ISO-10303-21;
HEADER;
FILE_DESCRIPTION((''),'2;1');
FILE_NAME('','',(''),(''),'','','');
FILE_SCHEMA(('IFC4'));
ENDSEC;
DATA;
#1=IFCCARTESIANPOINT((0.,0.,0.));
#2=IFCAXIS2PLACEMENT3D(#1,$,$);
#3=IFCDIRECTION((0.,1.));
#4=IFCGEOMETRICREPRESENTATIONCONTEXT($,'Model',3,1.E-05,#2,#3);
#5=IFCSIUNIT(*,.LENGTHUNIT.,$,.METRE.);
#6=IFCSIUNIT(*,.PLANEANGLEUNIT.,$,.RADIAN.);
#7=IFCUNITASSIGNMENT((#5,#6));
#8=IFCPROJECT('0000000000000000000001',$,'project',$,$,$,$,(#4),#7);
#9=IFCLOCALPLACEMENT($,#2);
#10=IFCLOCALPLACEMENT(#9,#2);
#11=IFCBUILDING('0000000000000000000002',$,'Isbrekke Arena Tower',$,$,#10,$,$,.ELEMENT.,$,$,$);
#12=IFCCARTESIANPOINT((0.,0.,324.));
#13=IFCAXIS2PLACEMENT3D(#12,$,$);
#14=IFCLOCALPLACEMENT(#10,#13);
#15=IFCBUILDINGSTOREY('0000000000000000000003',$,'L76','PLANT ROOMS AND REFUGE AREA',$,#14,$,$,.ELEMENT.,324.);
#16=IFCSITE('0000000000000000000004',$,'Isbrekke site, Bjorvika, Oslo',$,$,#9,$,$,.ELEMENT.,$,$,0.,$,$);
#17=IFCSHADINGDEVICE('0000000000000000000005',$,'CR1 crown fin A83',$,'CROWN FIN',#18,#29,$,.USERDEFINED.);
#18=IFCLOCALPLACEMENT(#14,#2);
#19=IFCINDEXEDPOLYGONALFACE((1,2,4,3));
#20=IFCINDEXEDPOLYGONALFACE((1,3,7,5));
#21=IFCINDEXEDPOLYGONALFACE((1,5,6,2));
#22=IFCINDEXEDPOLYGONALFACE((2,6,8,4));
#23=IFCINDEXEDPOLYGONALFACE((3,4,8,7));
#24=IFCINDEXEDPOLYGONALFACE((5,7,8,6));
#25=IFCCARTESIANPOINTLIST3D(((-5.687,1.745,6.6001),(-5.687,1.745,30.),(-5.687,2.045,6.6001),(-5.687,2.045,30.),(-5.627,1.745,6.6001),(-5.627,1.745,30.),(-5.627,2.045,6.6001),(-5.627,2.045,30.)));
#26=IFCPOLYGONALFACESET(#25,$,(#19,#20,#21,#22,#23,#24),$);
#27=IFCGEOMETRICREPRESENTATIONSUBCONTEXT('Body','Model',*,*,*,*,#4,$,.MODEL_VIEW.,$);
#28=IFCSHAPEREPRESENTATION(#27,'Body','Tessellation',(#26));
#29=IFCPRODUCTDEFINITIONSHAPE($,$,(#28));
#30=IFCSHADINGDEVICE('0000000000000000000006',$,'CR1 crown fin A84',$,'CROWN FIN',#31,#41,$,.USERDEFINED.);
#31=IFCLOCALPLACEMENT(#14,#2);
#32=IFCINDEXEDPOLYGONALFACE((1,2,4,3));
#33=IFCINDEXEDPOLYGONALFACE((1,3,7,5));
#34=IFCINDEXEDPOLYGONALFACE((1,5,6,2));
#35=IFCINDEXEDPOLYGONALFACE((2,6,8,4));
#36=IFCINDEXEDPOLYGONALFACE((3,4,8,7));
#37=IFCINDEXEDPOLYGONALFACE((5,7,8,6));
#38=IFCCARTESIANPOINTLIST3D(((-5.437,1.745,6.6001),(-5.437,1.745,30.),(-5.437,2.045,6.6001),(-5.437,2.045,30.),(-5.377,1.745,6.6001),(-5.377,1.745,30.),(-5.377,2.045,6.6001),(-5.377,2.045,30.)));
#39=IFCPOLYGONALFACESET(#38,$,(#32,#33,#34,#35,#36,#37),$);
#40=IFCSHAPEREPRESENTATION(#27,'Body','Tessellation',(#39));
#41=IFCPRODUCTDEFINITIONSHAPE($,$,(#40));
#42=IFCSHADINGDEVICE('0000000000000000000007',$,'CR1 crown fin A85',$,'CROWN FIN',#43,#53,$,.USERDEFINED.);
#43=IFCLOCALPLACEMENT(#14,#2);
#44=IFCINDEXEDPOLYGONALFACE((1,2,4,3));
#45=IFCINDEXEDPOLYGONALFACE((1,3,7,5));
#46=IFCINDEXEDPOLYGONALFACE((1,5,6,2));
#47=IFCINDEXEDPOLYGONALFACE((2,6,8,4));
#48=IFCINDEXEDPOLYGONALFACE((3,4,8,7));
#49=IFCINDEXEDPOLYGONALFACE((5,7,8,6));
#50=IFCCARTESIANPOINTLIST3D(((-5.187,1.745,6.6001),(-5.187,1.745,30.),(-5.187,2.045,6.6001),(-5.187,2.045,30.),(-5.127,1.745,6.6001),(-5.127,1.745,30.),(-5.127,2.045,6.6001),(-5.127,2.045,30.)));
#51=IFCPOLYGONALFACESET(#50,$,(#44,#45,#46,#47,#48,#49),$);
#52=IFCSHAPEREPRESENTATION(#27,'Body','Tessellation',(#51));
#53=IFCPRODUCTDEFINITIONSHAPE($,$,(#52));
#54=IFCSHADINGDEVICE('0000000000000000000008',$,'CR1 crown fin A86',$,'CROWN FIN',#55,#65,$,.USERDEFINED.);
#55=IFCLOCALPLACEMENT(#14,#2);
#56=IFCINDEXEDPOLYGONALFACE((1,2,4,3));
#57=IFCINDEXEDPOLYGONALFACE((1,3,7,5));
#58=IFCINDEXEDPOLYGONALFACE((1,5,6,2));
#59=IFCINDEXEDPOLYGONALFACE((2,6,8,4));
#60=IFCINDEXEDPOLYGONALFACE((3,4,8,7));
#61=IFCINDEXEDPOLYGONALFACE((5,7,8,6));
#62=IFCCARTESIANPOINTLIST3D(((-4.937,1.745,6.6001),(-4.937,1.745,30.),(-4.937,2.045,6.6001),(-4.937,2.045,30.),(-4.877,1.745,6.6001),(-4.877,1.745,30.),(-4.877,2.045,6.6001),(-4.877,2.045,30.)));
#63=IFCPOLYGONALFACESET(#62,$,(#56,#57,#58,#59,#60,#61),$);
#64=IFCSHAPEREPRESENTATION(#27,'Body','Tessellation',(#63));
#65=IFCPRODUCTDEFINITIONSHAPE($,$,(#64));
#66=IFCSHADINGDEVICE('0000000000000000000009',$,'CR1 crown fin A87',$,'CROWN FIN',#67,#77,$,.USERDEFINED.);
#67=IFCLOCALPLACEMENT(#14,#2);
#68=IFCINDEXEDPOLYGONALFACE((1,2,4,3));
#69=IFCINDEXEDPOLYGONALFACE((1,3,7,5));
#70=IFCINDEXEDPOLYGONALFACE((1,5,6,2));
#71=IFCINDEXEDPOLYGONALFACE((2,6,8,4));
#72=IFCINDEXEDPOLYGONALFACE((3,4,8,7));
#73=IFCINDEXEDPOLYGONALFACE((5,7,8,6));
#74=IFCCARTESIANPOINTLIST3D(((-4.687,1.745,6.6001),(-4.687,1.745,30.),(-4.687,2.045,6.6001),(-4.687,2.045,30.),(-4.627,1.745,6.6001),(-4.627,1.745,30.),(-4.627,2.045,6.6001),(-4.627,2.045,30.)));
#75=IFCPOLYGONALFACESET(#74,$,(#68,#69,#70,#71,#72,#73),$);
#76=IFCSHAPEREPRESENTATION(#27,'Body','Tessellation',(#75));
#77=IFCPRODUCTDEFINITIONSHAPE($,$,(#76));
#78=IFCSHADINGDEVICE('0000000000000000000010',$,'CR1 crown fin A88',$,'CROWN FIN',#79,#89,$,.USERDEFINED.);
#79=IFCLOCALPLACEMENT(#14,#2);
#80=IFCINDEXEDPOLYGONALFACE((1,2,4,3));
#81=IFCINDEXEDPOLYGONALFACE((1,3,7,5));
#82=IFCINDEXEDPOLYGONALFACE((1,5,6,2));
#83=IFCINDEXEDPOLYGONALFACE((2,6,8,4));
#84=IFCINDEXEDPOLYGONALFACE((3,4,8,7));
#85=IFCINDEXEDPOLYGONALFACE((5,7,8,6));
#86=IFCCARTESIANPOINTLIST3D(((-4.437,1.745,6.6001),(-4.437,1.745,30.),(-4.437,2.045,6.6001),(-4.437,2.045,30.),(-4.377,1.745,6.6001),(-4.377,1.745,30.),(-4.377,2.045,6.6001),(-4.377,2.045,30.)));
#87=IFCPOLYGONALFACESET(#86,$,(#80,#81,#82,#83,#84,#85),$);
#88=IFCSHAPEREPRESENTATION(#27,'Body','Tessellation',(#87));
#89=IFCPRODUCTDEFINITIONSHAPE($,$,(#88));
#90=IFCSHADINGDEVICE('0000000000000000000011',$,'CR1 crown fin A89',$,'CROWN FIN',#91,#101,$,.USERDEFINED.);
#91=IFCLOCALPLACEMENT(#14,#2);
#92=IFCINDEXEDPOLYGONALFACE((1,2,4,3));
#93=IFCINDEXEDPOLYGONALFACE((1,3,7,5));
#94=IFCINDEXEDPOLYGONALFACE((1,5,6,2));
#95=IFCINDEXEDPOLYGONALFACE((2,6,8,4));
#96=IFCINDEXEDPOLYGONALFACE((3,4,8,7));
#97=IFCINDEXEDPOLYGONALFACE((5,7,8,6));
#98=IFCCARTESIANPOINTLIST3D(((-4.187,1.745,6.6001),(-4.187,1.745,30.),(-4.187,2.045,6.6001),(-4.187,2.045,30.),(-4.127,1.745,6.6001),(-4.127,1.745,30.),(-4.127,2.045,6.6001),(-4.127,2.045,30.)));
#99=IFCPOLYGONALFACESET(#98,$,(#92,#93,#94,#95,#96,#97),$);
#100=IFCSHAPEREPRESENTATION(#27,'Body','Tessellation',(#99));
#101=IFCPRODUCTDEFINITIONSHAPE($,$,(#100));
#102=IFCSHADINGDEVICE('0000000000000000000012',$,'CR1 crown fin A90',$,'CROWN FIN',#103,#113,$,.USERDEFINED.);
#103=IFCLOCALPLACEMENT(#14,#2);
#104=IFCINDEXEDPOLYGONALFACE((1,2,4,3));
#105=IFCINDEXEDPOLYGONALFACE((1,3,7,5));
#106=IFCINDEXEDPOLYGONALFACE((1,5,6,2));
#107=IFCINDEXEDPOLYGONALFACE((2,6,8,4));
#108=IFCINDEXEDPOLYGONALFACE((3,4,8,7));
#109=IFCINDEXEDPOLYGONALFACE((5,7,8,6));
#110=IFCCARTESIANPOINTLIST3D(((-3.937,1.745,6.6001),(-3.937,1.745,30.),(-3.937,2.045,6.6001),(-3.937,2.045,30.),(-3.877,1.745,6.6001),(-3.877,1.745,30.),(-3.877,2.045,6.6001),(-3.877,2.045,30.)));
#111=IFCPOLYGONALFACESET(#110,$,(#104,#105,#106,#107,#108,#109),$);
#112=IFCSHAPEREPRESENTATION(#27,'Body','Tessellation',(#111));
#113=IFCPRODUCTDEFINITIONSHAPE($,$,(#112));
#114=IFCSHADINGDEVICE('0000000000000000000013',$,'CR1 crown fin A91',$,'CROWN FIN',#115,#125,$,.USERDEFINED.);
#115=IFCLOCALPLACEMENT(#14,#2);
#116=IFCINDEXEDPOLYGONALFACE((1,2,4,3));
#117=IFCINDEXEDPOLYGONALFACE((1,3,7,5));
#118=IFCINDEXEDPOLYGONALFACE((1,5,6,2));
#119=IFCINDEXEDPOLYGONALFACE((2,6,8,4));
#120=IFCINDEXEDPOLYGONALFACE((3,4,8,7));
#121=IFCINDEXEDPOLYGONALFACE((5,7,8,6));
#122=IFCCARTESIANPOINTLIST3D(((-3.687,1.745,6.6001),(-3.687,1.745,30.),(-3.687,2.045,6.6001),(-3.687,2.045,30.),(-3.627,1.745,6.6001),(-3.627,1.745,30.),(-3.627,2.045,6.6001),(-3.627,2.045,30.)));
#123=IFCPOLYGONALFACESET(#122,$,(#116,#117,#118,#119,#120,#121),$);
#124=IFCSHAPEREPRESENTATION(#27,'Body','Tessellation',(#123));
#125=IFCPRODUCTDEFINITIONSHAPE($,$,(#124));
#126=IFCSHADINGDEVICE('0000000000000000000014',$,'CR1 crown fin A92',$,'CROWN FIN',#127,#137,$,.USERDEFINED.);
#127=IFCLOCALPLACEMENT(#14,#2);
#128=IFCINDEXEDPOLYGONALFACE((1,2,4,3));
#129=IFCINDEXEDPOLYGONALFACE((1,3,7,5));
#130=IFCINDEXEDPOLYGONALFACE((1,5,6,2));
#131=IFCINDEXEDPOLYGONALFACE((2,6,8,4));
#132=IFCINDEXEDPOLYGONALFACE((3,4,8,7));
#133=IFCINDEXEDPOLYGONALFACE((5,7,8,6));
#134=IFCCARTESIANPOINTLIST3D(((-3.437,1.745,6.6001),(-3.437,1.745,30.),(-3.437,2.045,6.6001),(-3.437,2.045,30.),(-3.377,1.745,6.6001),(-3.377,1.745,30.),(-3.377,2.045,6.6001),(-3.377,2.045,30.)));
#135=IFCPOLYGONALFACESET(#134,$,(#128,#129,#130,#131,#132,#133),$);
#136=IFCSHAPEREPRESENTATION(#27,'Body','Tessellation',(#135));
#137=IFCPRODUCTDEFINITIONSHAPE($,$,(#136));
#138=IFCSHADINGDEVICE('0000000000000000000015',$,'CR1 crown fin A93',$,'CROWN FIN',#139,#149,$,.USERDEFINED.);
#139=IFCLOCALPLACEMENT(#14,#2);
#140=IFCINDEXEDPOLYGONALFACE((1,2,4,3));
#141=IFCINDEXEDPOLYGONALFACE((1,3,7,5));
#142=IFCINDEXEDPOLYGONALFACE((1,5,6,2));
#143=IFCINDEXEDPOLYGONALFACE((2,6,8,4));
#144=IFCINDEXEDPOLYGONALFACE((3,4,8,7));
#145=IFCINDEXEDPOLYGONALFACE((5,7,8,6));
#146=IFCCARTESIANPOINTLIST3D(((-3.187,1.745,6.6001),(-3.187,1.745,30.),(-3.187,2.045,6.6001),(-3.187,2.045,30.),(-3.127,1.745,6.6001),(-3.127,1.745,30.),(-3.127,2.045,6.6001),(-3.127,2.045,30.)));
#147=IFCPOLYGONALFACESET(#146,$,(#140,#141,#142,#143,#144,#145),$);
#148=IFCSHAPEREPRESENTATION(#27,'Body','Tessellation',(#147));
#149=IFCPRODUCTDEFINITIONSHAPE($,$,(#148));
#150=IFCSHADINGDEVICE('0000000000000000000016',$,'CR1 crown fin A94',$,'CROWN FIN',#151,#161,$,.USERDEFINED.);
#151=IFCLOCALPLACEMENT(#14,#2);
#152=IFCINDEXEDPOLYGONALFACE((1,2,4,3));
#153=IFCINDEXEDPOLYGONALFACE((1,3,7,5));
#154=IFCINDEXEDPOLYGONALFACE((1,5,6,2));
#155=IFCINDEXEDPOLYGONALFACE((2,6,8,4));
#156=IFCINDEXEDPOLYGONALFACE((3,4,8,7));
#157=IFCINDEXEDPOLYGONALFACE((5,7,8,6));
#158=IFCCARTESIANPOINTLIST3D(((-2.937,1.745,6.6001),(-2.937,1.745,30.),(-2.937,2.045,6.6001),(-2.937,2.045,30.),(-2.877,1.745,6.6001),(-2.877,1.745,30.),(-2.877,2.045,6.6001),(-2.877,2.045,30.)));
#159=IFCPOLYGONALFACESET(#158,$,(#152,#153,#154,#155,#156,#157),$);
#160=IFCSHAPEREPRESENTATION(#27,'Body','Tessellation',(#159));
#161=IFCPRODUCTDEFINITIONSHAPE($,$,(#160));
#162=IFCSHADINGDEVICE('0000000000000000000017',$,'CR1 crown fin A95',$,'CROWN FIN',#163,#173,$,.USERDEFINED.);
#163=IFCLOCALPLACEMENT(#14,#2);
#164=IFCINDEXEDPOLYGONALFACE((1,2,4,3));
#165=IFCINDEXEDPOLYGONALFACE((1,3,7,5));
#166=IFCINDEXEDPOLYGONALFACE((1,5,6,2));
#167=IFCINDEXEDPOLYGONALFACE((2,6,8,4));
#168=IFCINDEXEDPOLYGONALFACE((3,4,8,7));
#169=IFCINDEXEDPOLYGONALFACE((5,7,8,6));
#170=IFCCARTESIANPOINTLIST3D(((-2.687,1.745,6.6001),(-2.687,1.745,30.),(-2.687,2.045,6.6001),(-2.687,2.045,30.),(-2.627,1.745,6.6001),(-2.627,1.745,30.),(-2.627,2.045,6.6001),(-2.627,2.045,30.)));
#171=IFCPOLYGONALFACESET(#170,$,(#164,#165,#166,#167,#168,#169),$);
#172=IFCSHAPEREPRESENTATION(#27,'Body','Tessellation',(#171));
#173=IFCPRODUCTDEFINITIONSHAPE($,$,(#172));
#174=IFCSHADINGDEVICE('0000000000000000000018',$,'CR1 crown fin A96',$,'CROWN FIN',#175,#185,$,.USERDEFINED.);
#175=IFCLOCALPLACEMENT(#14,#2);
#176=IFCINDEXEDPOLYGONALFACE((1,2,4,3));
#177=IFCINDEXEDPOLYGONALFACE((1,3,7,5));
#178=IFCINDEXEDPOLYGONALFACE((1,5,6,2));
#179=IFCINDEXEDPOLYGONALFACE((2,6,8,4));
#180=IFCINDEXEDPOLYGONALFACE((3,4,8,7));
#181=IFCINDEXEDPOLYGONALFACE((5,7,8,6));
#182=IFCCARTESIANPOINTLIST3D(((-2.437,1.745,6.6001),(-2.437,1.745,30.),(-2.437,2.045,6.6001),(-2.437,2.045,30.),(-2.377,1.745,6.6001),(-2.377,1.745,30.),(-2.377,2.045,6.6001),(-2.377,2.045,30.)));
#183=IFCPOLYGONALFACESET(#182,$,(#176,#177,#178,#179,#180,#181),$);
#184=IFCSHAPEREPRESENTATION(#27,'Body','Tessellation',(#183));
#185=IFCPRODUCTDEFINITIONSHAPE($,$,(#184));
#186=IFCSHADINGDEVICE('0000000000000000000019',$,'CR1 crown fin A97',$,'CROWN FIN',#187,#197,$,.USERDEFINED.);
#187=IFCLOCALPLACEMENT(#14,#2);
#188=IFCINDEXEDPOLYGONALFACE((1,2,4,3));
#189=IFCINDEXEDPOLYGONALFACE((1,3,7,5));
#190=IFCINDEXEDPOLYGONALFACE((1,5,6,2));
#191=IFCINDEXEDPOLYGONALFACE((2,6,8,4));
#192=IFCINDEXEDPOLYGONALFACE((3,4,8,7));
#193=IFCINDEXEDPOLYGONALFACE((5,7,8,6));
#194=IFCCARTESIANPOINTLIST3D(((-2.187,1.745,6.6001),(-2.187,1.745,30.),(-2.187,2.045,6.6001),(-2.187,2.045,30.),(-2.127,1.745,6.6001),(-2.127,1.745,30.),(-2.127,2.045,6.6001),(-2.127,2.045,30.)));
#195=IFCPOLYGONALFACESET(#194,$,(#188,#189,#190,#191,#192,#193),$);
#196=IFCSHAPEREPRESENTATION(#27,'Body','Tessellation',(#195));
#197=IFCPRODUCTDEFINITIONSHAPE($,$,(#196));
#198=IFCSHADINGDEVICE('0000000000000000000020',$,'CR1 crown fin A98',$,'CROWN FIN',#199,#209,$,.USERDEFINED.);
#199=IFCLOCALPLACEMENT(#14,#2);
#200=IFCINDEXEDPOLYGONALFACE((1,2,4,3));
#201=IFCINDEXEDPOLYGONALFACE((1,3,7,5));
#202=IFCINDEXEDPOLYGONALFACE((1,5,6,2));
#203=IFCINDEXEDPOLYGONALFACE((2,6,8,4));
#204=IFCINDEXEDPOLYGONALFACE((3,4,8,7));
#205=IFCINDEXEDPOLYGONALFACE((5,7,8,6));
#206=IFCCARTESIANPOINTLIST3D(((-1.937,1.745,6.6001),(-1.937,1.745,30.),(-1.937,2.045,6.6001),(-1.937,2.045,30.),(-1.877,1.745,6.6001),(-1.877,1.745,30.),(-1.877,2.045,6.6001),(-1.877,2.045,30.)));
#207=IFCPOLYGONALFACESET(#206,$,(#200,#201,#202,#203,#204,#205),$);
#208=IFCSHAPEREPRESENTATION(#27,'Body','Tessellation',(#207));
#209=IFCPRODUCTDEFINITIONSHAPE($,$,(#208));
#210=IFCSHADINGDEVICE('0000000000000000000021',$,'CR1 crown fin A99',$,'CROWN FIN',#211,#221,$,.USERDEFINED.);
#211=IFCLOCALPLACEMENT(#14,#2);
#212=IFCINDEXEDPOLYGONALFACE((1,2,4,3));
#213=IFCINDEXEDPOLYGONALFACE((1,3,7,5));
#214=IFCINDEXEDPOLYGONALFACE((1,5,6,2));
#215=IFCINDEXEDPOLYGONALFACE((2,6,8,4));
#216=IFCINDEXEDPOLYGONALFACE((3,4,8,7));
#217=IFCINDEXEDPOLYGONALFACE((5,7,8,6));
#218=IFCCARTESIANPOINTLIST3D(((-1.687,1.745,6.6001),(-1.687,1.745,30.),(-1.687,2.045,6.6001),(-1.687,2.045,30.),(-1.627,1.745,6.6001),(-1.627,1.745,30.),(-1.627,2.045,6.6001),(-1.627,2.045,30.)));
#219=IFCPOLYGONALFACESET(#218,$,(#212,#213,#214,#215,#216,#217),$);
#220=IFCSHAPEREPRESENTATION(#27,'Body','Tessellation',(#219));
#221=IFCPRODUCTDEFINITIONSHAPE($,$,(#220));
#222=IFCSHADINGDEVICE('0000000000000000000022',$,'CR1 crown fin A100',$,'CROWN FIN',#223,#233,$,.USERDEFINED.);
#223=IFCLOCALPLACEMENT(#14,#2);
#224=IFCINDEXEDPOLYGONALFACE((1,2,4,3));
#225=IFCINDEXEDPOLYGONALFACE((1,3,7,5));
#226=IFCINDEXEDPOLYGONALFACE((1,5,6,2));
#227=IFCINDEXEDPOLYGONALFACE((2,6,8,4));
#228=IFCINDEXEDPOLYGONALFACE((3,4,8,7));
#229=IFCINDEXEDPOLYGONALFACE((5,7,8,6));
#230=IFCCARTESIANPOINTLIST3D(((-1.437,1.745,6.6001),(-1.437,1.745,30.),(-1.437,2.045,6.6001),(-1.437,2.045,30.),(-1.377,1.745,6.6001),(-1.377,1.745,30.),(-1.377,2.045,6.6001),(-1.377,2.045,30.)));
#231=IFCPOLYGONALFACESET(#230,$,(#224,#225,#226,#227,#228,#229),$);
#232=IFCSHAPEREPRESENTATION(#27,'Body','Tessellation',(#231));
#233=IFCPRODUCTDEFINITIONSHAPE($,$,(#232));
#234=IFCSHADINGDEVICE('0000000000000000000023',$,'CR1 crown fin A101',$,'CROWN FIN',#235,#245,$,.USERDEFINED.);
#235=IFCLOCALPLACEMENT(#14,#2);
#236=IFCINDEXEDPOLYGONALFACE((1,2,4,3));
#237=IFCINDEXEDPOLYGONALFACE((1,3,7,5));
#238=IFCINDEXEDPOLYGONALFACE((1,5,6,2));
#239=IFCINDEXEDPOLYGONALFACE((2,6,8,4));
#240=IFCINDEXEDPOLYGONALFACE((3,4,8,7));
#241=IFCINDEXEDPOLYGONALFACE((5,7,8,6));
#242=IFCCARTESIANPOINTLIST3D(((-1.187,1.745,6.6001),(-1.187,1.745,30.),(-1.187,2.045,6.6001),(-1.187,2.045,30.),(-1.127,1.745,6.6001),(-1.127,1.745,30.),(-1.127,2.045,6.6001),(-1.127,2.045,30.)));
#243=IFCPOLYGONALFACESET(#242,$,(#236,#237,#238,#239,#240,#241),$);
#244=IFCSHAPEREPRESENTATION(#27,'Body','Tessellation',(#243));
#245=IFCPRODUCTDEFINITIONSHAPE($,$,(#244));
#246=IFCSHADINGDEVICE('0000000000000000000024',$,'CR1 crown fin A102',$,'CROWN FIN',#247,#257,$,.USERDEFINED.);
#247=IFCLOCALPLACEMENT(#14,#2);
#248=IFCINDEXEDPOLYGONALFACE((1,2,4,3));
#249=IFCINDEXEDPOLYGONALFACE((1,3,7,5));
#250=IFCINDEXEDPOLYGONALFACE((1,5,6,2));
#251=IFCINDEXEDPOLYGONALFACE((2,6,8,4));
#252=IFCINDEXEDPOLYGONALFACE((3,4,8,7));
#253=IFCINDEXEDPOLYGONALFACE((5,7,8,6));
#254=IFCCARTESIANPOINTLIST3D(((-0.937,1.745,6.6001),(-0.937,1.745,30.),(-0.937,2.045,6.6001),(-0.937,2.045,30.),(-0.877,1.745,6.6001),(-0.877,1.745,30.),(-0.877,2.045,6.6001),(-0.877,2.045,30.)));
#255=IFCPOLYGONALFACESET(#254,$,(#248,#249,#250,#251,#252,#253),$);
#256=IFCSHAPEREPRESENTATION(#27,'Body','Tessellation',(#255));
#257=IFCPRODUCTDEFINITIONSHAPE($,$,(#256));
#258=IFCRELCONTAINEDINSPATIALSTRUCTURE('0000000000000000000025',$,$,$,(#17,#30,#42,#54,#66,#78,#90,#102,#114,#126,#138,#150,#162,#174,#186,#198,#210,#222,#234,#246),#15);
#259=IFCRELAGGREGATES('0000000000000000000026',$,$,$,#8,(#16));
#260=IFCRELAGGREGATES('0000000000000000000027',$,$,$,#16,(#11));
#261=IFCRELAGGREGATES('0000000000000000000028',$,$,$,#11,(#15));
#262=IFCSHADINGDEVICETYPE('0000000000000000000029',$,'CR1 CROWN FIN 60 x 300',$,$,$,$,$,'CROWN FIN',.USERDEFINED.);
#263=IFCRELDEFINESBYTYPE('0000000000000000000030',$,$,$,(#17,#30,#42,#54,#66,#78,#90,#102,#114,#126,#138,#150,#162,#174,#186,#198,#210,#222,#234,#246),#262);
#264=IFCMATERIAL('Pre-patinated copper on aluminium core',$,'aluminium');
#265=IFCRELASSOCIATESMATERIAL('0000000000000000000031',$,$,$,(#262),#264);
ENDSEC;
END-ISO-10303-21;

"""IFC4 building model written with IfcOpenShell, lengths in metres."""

from ifc_helpers import new_model, si_unit, direction, frame, origin, origin_2d, place, context, subcontext, project, spatial, rectangle, extrude, material, material_profile, profile_set, type_object, element, save


model = new_model("IFC4")

# Units and contexts
model_context = context("Model", 3, precision=1e-05, world=origin(), true_north=direction((0.0, 1.0)))
body_context = subcontext(model_context, "Body", "Model", "MODEL_VIEW")
ifc_project = project(units=[si_unit("LENGTHUNIT", "METRE"), si_unit("PLANEANGLEUNIT", "RADIAN")], contexts=[model_context])

# Site, building, storey
site_placement = place(None, origin())
site = spatial("IfcSite", under=ifc_project, at=site_placement, Name="Isbrekke site, Bjorvika, Oslo", CompositionType="ELEMENT", RefElevation=0.0)
building_placement = place(site_placement, origin())
building = spatial("IfcBuilding", under=site, at=building_placement, Name="Isbrekke Arena Tower", CompositionType="ELEMENT")
storey_placement = place(building_placement, frame((0.0, 0.0, 324.0)))
storey = spatial("IfcBuildingStorey", under=building, at=storey_placement, Name="L76", Description="PLANT ROOMS AND REFUGE AREA", CompositionType="ELEMENT", Elevation=324.0)

# Shading devices
ifc_material_1 = material(Name="Pre-patinated copper on aluminium core", Category="aluminium")
ifc_material_profile_1 = material_profile(ifc_material_1, rectangle(XDim=0.0601, YDim=0.3, at=origin_2d()), Name="FIN 60X300")
ifc_profile_set_1 = profile_set([ifc_material_profile_1], Name="Pre-patinated copper on aluminium core")
shading_device_type = type_object("IfcShadingDeviceType", Name="CR1 CROWN FIN 60 x 300", ElementType="CROWN FIN", PredefinedType="USERDEFINED", material=ifc_profile_set_1)
for number, where, z_axis, x_axis, name in (
    (1, (-5.657, 1.895, 6.6001), (0.0, 0.0, 1.0), (1.0, 0.0, 0.0), "CR1 crown fin A83"),
    (2, (-5.407, 1.895, 6.6001), (0.0, 0.0, 1.0), (1.0, 0.0, 0.0), "CR1 crown fin A84"),
    (3, (-5.157, 1.895, 6.6001), (0.0, 0.0, 1.0), (1.0, 0.0, 0.0), "CR1 crown fin A85"),
    (4, (-4.907, 1.895, 6.6001), (0.0, 0.0, 1.0), (1.0, 0.0, 0.0), "CR1 crown fin A86"),
    (5, (-4.657, 1.895, 6.6001), (0.0, 0.0, 1.0), (1.0, 0.0, 0.0), "CR1 crown fin A87"),
    (6, (-4.407, 1.895, 6.6001), (0.0, 0.0, 1.0), (1.0, 0.0, 0.0), "CR1 crown fin A88"),
    (7, (-4.157, 1.895, 6.6001), (0.0, 0.0, 1.0), (1.0, 0.0, 0.0), "CR1 crown fin A89"),
    (8, (-3.907, 1.895, 6.6001), (0.0, 0.0, 1.0), (1.0, 0.0, 0.0), "CR1 crown fin A90"),
    (9, (-3.657, 1.895, 6.6001), (0.0, 0.0, 1.0), (1.0, 0.0, 0.0), "CR1 crown fin A91"),
    (10, (-3.407, 1.895, 6.6001), (0.0, 0.0, 1.0), (1.0, 0.0, 0.0), "CR1 crown fin A92"),
    (11, (-3.157, 1.895, 6.6001), (0.0, 0.0, 1.0), (1.0, 0.0, 0.0), "CR1 crown fin A93"),
    (12, (-2.907, 1.895, 6.6001), (0.0, 0.0, 1.0), (1.0, 0.0, 0.0), "CR1 crown fin A94"),
    (13, (-2.657, 1.895, 6.6001), (0.0, 0.0, 1.0), (1.0, 0.0, 0.0), "CR1 crown fin A95"),
    (14, (-2.407, 1.895, 6.6001), (0.0, 0.0, 1.0), (1.0, 0.0, 0.0), "CR1 crown fin A96"),
    (15, (-2.157, 1.895, 6.6001), (0.0, 0.0, 1.0), (1.0, 0.0, 0.0), "CR1 crown fin A97"),
    (16, (-1.907, 1.895, 6.6001), (0.0, 0.0, 1.0), (1.0, 0.0, 0.0), "CR1 crown fin A98"),
    (17, (-1.657, 1.895, 6.6001), (0.0, 0.0, 1.0), (1.0, 0.0, 0.0), "CR1 crown fin A99"),
    (18, (-1.407, 1.895, 6.6001), (0.0, 0.0, 1.0), (1.0, 0.0, 0.0), "CR1 crown fin A100"),
    (19, (-1.157, 1.895, 6.6001), (0.0, 0.0, 1.0), (1.0, 0.0, 0.0), "CR1 crown fin A101"),
    (20, (-0.907, 1.895, 6.6001), (0.0, 0.0, 1.0), (1.0, 0.0, 0.0), "CR1 crown fin A102"),
):
    element("IfcShadingDevice", number, at=place(storey_placement, frame(where, z_axis=z_axis, x_axis=x_axis)), inside=storey, type_object=shading_device_type, Name=name, ObjectType="CROWN FIN", PredefinedType="USERDEFINED", context=body_context, shape_type="SweptSolid", body=[
        extrude(rectangle(XDim=0.0601, YDim=0.3, at=origin_2d()), origin(), (0.0, 0.0, 1.0), 23.3999),
    ])

save(model, "model.ifc")
